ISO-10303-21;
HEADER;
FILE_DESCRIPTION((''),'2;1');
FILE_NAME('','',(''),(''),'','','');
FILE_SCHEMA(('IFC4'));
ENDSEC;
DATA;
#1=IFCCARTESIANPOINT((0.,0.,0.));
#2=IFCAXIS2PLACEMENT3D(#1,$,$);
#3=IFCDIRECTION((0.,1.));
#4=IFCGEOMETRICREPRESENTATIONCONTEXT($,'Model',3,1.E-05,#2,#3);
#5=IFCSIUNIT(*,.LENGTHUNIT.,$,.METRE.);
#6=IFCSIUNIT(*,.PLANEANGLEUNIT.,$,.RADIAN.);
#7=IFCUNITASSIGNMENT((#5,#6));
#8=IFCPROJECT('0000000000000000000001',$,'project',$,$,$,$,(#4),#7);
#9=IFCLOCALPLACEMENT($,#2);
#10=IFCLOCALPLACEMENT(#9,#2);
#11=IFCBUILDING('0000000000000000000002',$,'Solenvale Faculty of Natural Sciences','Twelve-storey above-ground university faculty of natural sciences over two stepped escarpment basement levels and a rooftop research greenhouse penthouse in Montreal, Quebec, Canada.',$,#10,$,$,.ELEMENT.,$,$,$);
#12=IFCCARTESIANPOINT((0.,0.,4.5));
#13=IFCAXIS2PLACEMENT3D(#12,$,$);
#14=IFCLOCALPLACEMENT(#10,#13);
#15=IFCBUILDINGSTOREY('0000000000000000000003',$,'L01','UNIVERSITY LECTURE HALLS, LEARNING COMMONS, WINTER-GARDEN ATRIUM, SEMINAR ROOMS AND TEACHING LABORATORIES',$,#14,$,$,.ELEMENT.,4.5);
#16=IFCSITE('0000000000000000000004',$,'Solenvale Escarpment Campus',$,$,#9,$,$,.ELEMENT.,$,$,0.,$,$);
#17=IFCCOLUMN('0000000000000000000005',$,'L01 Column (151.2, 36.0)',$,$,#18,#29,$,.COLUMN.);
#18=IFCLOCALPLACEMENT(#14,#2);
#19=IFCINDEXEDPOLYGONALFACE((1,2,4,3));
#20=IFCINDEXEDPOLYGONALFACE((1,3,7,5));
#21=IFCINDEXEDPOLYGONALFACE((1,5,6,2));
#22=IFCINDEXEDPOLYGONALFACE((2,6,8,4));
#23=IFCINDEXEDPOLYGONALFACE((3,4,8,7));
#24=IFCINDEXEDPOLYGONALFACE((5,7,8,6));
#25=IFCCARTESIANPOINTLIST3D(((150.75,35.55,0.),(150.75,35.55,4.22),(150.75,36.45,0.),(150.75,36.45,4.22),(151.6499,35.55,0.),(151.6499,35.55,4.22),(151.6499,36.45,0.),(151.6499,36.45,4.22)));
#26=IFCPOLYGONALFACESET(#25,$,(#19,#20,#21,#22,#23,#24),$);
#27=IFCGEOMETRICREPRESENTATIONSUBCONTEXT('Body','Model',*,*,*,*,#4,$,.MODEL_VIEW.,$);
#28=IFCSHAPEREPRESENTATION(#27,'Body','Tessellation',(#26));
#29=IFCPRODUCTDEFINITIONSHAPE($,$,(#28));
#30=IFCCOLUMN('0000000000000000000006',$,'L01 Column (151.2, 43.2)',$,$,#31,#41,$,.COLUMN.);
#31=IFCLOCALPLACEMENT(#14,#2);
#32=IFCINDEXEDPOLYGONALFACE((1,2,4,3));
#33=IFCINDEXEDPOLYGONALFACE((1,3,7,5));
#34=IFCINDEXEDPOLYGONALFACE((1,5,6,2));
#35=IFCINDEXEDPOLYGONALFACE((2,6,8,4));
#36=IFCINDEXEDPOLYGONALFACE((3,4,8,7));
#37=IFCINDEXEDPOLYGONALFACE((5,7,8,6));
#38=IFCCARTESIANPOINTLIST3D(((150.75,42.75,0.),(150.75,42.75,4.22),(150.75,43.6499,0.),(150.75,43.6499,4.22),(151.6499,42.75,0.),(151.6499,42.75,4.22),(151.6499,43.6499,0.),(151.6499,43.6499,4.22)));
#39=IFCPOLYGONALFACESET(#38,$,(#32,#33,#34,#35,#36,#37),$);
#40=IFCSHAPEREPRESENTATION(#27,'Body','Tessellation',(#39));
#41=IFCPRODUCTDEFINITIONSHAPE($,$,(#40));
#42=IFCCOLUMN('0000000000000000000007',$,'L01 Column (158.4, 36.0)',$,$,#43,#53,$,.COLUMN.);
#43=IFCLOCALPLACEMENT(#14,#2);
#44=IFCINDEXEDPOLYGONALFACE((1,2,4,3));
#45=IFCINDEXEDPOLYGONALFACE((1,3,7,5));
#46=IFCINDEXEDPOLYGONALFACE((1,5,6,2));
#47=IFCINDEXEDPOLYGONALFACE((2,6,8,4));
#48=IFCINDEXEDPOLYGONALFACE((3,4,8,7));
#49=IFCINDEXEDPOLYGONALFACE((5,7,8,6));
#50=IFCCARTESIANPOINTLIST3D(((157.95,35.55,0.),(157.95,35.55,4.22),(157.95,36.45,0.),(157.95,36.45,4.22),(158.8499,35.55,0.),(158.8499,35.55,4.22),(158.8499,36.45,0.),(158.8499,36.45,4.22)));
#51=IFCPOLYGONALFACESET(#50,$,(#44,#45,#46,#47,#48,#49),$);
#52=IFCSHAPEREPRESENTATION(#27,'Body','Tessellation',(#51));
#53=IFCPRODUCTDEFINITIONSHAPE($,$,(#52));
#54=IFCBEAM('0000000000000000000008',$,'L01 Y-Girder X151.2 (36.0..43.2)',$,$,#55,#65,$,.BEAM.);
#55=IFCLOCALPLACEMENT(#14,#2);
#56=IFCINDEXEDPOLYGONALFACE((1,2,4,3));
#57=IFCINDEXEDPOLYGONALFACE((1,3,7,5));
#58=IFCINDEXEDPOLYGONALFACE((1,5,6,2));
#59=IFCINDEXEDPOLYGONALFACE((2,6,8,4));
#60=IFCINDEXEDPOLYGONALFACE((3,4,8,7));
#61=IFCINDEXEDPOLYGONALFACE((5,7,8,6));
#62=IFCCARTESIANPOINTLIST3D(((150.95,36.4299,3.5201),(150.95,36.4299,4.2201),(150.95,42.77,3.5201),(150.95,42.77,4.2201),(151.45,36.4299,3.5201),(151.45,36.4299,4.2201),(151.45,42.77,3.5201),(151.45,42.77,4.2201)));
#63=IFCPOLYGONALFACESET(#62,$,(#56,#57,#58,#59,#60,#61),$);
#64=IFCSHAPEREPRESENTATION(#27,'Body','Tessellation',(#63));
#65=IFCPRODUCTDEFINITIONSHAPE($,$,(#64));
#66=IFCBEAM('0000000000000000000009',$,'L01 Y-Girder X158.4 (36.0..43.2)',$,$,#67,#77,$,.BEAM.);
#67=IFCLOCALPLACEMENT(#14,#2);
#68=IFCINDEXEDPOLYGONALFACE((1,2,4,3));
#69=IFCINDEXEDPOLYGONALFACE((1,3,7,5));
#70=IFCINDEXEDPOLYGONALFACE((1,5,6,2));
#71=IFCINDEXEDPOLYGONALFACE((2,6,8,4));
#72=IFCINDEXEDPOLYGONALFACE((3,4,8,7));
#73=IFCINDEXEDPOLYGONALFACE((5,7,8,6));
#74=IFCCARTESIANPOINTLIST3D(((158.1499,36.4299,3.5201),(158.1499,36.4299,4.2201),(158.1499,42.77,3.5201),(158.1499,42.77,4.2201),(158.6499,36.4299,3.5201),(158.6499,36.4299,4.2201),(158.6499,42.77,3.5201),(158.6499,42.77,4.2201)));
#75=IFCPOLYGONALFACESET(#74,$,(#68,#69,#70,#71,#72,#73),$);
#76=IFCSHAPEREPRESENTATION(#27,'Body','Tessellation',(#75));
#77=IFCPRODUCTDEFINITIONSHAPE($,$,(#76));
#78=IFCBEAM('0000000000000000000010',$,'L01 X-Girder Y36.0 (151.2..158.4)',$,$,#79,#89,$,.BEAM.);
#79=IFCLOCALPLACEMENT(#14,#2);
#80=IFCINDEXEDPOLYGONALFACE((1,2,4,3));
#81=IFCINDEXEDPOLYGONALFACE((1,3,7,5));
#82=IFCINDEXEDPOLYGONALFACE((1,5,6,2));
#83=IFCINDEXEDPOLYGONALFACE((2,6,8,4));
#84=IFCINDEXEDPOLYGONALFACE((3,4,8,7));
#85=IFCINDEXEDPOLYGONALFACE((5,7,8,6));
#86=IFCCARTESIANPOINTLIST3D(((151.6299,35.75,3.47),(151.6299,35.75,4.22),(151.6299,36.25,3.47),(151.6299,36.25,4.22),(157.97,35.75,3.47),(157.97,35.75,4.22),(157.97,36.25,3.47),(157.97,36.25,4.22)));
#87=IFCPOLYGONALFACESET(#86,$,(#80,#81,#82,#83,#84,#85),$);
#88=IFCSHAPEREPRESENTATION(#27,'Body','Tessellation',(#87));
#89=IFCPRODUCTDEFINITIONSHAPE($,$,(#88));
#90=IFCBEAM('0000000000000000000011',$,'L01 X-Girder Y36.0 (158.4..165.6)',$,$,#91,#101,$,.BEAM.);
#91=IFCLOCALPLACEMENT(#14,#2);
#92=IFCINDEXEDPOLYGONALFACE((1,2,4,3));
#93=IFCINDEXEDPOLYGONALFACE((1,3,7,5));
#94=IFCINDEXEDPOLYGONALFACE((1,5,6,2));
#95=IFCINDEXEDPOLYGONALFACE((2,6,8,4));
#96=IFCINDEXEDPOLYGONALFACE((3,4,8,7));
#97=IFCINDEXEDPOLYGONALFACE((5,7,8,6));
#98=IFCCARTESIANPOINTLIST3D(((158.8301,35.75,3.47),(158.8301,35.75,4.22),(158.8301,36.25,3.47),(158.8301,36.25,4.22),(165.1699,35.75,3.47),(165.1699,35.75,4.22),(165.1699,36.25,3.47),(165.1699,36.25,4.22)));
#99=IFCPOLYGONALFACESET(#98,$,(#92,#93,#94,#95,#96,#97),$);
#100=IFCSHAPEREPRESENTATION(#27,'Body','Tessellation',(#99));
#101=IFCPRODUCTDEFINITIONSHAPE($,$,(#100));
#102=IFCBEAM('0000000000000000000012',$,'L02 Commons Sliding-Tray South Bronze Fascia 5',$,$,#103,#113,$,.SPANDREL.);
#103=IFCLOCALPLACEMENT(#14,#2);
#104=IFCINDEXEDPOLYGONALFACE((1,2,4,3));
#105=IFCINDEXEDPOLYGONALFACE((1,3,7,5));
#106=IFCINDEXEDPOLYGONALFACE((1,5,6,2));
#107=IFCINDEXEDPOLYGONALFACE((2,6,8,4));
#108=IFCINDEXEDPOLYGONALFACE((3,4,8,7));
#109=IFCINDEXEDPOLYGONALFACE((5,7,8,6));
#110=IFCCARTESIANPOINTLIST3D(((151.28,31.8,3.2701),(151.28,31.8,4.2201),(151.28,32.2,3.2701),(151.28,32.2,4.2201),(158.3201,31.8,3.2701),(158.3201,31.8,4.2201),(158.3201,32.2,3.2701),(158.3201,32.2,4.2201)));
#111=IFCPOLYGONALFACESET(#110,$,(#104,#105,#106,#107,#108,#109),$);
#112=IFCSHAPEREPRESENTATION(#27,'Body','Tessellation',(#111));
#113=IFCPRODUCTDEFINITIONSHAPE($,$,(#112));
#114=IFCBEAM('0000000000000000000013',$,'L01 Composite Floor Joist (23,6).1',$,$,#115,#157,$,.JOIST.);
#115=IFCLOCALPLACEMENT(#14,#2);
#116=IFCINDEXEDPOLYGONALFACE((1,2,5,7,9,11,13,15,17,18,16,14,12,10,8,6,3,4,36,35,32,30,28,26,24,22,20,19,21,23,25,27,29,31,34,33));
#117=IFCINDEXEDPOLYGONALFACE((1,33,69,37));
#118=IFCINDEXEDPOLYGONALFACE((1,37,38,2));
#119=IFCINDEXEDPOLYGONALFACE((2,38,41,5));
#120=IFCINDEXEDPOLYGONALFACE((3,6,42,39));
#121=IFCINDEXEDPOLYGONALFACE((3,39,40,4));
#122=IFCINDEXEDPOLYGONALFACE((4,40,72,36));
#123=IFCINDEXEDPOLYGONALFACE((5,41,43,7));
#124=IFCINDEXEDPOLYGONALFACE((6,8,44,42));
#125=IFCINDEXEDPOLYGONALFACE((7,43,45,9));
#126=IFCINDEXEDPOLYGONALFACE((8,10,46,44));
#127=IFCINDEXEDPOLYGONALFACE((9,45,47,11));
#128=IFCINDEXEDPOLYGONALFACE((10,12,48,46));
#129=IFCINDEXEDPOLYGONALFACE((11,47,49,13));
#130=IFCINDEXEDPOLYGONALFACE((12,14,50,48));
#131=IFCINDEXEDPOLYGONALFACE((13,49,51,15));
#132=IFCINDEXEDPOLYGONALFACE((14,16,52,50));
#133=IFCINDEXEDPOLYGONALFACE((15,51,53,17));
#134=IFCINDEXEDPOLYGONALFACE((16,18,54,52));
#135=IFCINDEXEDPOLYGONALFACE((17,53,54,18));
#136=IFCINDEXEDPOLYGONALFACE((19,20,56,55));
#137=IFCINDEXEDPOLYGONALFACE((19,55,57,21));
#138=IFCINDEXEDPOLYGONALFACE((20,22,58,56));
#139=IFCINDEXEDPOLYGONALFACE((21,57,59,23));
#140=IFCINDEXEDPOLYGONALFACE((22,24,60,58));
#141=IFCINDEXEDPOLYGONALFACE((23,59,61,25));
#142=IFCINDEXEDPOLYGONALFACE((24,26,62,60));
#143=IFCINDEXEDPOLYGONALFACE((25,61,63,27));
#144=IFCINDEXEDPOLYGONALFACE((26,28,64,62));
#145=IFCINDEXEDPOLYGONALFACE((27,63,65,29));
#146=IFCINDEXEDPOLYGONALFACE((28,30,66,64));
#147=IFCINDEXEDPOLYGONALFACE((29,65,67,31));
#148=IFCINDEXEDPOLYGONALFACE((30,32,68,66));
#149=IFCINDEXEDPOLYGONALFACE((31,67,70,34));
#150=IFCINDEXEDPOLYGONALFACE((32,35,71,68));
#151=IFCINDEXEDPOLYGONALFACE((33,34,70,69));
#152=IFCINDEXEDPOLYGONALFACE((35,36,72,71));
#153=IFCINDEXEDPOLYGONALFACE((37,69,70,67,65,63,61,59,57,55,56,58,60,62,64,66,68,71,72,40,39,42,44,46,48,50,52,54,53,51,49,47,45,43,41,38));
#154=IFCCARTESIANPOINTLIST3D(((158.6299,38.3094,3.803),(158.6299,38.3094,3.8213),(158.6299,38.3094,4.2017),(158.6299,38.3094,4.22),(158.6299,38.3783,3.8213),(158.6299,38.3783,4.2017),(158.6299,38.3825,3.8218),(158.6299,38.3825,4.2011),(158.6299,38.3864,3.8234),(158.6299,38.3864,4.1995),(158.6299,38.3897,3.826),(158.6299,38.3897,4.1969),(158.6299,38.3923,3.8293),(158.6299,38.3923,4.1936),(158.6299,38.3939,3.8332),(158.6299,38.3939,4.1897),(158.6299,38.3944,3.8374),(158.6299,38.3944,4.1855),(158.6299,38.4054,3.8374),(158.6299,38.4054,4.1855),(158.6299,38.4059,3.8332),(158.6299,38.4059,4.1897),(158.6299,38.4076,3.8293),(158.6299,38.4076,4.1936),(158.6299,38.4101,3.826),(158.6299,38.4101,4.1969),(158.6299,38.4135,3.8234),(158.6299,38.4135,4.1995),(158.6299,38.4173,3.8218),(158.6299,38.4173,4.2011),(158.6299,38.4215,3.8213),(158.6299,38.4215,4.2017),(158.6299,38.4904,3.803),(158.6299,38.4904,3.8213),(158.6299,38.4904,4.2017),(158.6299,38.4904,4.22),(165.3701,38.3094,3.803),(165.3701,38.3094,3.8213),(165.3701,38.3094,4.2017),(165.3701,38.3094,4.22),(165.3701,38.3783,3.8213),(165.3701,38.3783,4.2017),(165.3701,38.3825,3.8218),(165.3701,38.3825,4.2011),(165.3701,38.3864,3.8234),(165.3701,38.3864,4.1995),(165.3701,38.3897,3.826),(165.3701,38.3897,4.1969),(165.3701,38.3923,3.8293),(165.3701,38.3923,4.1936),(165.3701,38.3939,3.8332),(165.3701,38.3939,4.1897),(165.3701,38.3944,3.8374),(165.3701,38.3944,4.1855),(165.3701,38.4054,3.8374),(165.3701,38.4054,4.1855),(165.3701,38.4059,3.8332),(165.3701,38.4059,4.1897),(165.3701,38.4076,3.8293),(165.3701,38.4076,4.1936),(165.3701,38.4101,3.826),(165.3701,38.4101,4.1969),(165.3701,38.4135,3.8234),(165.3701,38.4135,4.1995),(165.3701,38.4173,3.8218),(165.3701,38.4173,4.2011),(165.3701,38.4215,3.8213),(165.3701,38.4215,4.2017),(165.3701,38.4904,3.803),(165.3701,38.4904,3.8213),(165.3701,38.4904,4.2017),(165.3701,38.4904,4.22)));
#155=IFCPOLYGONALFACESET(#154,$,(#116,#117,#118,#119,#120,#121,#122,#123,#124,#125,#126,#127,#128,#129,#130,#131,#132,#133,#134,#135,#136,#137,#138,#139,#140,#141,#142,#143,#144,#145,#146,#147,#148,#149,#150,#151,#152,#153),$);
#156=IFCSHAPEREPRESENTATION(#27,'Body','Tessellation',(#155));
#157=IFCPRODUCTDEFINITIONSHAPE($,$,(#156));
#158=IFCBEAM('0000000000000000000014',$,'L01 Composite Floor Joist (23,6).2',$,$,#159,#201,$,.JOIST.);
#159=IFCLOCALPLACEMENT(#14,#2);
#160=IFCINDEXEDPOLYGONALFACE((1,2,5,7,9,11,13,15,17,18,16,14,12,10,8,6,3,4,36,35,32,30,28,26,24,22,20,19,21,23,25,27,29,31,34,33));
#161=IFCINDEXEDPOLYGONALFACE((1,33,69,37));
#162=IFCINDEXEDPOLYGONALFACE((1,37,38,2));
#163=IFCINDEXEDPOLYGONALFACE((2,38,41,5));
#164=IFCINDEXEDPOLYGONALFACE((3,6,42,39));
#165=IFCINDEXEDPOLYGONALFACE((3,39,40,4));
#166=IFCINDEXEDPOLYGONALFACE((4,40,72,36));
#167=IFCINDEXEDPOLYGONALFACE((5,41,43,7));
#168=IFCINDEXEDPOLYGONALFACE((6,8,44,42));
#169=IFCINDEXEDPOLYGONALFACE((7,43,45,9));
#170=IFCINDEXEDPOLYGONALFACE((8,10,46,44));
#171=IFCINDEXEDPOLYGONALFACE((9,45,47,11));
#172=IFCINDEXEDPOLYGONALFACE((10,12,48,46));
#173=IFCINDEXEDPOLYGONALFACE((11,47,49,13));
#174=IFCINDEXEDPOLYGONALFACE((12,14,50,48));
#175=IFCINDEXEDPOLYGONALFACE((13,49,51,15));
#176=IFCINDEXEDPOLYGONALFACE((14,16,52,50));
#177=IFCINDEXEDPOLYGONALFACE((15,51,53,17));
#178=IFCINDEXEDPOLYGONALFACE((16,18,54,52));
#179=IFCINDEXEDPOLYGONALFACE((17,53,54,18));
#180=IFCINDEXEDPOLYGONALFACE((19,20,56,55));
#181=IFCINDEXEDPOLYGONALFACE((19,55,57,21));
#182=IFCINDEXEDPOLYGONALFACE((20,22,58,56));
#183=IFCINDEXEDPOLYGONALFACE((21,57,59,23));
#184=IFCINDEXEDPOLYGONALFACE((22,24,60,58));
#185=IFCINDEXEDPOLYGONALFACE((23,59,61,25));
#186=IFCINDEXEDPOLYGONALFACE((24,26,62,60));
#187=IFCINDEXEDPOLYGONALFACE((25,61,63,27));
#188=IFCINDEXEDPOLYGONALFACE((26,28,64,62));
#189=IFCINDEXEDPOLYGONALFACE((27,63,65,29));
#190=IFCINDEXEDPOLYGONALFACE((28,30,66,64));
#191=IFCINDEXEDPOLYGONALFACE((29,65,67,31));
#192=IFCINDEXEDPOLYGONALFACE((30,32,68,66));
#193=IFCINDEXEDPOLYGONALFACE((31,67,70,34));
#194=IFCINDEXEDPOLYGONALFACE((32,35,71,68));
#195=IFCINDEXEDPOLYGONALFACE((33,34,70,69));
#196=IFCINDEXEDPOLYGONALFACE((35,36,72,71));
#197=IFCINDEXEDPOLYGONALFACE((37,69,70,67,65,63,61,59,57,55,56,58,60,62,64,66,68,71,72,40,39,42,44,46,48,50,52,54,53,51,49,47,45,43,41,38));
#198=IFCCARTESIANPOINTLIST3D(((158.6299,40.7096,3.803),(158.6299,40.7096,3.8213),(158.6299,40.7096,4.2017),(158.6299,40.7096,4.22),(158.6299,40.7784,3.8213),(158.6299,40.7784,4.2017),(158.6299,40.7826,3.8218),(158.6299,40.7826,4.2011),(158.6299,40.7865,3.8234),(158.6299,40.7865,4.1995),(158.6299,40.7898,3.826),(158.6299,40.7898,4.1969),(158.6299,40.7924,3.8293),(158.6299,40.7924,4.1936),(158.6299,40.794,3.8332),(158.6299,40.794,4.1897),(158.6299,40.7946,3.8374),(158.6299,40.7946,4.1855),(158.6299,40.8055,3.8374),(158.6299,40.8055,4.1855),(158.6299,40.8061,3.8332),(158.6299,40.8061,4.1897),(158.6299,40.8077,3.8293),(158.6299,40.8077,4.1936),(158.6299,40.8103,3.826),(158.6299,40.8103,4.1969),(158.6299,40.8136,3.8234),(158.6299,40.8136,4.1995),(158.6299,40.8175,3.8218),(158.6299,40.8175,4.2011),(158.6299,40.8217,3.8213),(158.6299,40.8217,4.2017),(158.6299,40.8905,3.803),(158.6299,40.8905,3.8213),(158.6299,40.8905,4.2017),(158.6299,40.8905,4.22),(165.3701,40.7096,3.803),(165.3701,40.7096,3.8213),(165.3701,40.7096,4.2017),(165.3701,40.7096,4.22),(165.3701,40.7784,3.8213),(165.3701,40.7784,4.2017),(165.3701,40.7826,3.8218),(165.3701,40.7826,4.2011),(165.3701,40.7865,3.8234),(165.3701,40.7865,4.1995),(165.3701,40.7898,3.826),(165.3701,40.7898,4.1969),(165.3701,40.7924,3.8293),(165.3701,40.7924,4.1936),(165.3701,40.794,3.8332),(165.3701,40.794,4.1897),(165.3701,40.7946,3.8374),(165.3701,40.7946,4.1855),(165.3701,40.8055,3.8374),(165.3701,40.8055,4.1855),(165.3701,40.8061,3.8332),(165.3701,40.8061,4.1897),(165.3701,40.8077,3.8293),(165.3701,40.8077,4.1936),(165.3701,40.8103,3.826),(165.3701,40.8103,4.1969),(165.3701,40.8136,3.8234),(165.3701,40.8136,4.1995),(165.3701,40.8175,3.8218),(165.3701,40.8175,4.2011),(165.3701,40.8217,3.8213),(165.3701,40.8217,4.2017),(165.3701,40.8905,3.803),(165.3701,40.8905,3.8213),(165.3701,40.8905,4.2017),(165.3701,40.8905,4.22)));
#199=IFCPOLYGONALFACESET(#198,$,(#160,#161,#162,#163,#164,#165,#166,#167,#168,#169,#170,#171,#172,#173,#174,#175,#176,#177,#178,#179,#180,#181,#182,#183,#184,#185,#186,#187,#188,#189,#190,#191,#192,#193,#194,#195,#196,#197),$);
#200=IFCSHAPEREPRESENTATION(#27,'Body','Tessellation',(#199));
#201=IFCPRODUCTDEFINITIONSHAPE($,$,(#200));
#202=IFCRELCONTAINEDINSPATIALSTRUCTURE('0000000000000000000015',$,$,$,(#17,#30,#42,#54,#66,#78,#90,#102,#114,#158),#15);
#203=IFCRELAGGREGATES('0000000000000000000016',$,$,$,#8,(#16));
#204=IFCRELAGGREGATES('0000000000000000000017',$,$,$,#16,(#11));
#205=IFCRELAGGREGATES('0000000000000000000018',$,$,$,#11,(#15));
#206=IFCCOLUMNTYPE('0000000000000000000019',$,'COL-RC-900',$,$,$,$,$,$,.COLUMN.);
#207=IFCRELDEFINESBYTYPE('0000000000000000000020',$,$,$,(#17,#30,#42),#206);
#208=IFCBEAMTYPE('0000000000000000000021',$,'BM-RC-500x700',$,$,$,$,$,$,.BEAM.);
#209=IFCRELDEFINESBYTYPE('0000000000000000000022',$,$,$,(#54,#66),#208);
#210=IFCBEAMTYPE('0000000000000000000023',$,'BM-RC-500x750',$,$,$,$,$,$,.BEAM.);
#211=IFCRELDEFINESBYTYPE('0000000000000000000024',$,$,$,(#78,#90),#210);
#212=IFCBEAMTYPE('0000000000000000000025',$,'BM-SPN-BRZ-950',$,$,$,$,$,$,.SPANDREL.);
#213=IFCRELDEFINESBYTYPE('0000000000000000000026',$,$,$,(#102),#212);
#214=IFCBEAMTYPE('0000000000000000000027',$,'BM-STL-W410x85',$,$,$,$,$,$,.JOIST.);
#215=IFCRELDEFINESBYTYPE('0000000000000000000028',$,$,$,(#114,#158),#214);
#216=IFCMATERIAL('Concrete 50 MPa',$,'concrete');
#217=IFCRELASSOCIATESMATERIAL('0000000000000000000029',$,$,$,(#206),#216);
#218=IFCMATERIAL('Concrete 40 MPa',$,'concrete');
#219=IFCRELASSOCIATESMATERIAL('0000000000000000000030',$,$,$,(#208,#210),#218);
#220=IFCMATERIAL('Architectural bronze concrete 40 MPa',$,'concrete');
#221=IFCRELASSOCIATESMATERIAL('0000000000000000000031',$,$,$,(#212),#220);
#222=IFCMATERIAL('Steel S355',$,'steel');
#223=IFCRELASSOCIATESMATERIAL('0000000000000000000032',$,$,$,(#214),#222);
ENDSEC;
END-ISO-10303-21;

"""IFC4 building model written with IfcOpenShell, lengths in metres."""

from ifc_helpers import new_model, si_unit, direction, frame, origin, origin_2d, place, context, subcontext, project, spatial, rectangle, i_section, extrude, material, material_profile, profile_set, type_object, element, save


model = new_model("IFC4")

# Units and contexts
model_context = context("Model", 3, precision=1e-05, world=origin(), true_north=direction((0.0, 1.0)))
body_context = subcontext(model_context, "Body", "Model", "MODEL_VIEW")
ifc_project = project(units=[si_unit("LENGTHUNIT", "METRE"), si_unit("PLANEANGLEUNIT", "RADIAN")], contexts=[model_context])

# Site, building, storey
site_placement = place(None, origin())
site = spatial("IfcSite", under=ifc_project, at=site_placement, Name="Solenvale Escarpment Campus", CompositionType="ELEMENT", RefElevation=0.0)
building_placement = place(site_placement, origin())
building = spatial("IfcBuilding", under=site, at=building_placement, Name="Solenvale Faculty of Natural Sciences", Description="Twelve-storey above-ground university faculty of natural sciences over two stepped escarpment basement levels and a rooftop research greenhouse penthouse in Montreal, Quebec, Canada.", CompositionType="ELEMENT")
storey_placement = place(building_placement, frame((0.0, 0.0, 4.5)))
storey = spatial("IfcBuildingStorey", under=building, at=storey_placement, Name="L01", Description="UNIVERSITY LECTURE HALLS, LEARNING COMMONS, WINTER-GARDEN ATRIUM, SEMINAR ROOMS AND TEACHING LABORATORIES", CompositionType="ELEMENT", Elevation=4.5)

# Columns
ifc_material_1 = material(Name="Concrete 50 MPa", Category="concrete")
ifc_material_profile_1 = material_profile(ifc_material_1, rectangle(XDim=0.8999, YDim=0.8999, at=origin_2d()), Name="RC-COL-900x900")
ifc_profile_set_1 = profile_set([ifc_material_profile_1], Name="Concrete 50 MPa")
column_type = type_object("IfcColumnType", Name="COL-RC-900", PredefinedType="COLUMN", material=ifc_profile_set_1)
for number, where, z_axis, x_axis, name in (
    (1, (151.2, 36.0, 0.0), (0.0, 0.0, 1.0), (1.0, 0.0, 0.0), "L01 Column (151.2, 36.0)"),
    (2, (151.2, 43.2, 0.0), (0.0, 0.0, 1.0), (1.0, 0.0, 0.0), "L01 Column (151.2, 43.2)"),
    (3, (158.3999, 36.0, 0.0), (0.0, 0.0, 1.0), (1.0, 0.0, 0.0), "L01 Column (158.4, 36.0)"),
):
    element("IfcColumn", number, at=place(storey_placement, frame(where, z_axis=z_axis, x_axis=x_axis)), inside=storey, type_object=column_type, Name=name, PredefinedType="COLUMN", context=body_context, shape_type="SweptSolid", body=[
        extrude(rectangle(XDim=0.8999, YDim=0.8999, at=origin_2d()), origin(), (0.0, 0.0, 1.0), 4.22),
    ])

# Beams
ifc_material_2 = material(Name="Concrete 40 MPa", Category="concrete")
ifc_material_profile_2 = material_profile(ifc_material_2, rectangle(XDim=0.5, YDim=0.7, at=origin_2d()), Name="RC-BM-500x700")
ifc_profile_set_2 = profile_set([ifc_material_profile_2], Name="Concrete 40 MPa")
beam_type_1 = type_object("IfcBeamType", Name="BM-RC-500x700", PredefinedType="BEAM", material=ifc_profile_set_2)
for number, where, z_axis, x_axis, name in (
    (4, (151.2, 36.4299, 3.8701), (0.0, 1.0, 0.0), (-1.0, 0.0, 0.0), "L01 Y-Girder X151.2 (36.0..43.2)"),
    (5, (158.3999, 36.4299, 3.8701), (0.0, 1.0, 0.0), (-1.0, 0.0, 0.0), "L01 Y-Girder X158.4 (36.0..43.2)"),
):
    element("IfcBeam", number, at=place(storey_placement, frame(where, z_axis=z_axis, x_axis=x_axis)), inside=storey, type_object=beam_type_1, Name=name, PredefinedType="BEAM", context=body_context, shape_type="SweptSolid", body=[
        extrude(rectangle(XDim=0.5, YDim=0.7, at=origin_2d()), origin(), (0.0, 0.0, 1.0), 6.3401),
    ])
ifc_material_profile_3 = material_profile(ifc_material_2, rectangle(XDim=0.5, YDim=0.75, at=origin_2d()), Name="RC-BM-500x750")
ifc_profile_set_3 = profile_set([ifc_material_profile_3], Name="Concrete 40 MPa")
beam_type_2 = type_object("IfcBeamType", Name="BM-RC-500x750", PredefinedType="BEAM", material=ifc_profile_set_3)
beam_1_placement = place(storey_placement, frame((151.6299, 36.0, 3.845), z_axis=(1.0, 0.0, 0.0), x_axis=(0.0, 1.0, 0.0)))
element("IfcBeam", 6, at=beam_1_placement, inside=storey, type_object=beam_type_2, Name="L01 X-Girder Y36.0 (151.2..158.4)", PredefinedType="BEAM", context=body_context, shape_type="SweptSolid", body=[
    extrude(rectangle(XDim=0.5, YDim=0.75, at=origin_2d()), origin(), (0.0, 0.0, 1.0), 6.3401),
])
beam_2_placement = place(storey_placement, frame((158.8301, 36.0, 3.845), z_axis=(1.0, 0.0, 0.0), x_axis=(0.0, 1.0, 0.0)))
element("IfcBeam", 7, at=beam_2_placement, inside=storey, type_object=beam_type_2, Name="L01 X-Girder Y36.0 (158.4..165.6)", PredefinedType="BEAM", context=body_context, shape_type="SweptSolid", body=[
    extrude(rectangle(XDim=0.5, YDim=0.75, at=origin_2d()), origin(), (0.0, 0.0, 1.0), 6.3398),
])
ifc_material_3 = material(Name="Architectural bronze concrete 40 MPa", Category="concrete")
ifc_material_profile_4 = material_profile(ifc_material_3, rectangle(XDim=0.3999, YDim=0.95, at=origin_2d()), Name="RC-SPN-400x950")
ifc_profile_set_4 = profile_set([ifc_material_profile_4], Name="Architectural bronze concrete 40 MPa")
beam_type_3 = type_object("IfcBeamType", Name="BM-SPN-BRZ-950", PredefinedType="SPANDREL", material=ifc_profile_set_4)
beam_3_placement = place(storey_placement, frame((151.28, 32.0, 3.7451), z_axis=(1.0, 0.0, 0.0), x_axis=(0.0, 1.0, 0.0)))
element("IfcBeam", 8, at=beam_3_placement, inside=storey, type_object=beam_type_3, Name="L02 Commons Sliding-Tray South Bronze Fascia 5", PredefinedType="SPANDREL", context=body_context, shape_type="SweptSolid", body=[
    extrude(rectangle(XDim=0.3999, YDim=0.95, at=origin_2d()), origin(), (0.0, 0.0, 1.0), 7.04),
])
ifc_material_4 = material(Name="Steel S355", Category="steel")
ifc_material_profile_5 = material_profile(ifc_material_4, i_section(OverallWidth=0.1809, OverallDepth=0.417, WebThickness=0.011, FlangeThickness=0.0183, FilletRadius=0.0161, at=origin_2d()), Name="W410x85")
ifc_profile_set_5 = profile_set([ifc_material_profile_5], Name="Steel S355")
beam_type_4 = type_object("IfcBeamType", Name="BM-STL-W410x85", PredefinedType="JOIST", material=ifc_profile_set_5)
for number, where, z_axis, x_axis, name in (
    (9, (158.6299, 38.3999, 4.0115), (1.0, 0.0, 0.0), (0.0, 1.0, 0.0), "L01 Composite Floor Joist (23,6).1"),
    (10, (158.6299, 40.8, 4.0115), (1.0, 0.0, 0.0), (0.0, 1.0, 0.0), "L01 Composite Floor Joist (23,6).2"),
):
    element("IfcBeam", number, at=place(storey_placement, frame(where, z_axis=z_axis, x_axis=x_axis)), inside=storey, type_object=beam_type_4, Name=name, PredefinedType="JOIST", context=body_context, shape_type="SweptSolid", body=[
        extrude(i_section(OverallWidth=0.1809, OverallDepth=0.417, WebThickness=0.011, FlangeThickness=0.0183, FilletRadius=0.0161, at=origin_2d()), origin(), (0.0, 0.0, 1.0), 6.7402),
    ])

save(model, "model.ifc")
